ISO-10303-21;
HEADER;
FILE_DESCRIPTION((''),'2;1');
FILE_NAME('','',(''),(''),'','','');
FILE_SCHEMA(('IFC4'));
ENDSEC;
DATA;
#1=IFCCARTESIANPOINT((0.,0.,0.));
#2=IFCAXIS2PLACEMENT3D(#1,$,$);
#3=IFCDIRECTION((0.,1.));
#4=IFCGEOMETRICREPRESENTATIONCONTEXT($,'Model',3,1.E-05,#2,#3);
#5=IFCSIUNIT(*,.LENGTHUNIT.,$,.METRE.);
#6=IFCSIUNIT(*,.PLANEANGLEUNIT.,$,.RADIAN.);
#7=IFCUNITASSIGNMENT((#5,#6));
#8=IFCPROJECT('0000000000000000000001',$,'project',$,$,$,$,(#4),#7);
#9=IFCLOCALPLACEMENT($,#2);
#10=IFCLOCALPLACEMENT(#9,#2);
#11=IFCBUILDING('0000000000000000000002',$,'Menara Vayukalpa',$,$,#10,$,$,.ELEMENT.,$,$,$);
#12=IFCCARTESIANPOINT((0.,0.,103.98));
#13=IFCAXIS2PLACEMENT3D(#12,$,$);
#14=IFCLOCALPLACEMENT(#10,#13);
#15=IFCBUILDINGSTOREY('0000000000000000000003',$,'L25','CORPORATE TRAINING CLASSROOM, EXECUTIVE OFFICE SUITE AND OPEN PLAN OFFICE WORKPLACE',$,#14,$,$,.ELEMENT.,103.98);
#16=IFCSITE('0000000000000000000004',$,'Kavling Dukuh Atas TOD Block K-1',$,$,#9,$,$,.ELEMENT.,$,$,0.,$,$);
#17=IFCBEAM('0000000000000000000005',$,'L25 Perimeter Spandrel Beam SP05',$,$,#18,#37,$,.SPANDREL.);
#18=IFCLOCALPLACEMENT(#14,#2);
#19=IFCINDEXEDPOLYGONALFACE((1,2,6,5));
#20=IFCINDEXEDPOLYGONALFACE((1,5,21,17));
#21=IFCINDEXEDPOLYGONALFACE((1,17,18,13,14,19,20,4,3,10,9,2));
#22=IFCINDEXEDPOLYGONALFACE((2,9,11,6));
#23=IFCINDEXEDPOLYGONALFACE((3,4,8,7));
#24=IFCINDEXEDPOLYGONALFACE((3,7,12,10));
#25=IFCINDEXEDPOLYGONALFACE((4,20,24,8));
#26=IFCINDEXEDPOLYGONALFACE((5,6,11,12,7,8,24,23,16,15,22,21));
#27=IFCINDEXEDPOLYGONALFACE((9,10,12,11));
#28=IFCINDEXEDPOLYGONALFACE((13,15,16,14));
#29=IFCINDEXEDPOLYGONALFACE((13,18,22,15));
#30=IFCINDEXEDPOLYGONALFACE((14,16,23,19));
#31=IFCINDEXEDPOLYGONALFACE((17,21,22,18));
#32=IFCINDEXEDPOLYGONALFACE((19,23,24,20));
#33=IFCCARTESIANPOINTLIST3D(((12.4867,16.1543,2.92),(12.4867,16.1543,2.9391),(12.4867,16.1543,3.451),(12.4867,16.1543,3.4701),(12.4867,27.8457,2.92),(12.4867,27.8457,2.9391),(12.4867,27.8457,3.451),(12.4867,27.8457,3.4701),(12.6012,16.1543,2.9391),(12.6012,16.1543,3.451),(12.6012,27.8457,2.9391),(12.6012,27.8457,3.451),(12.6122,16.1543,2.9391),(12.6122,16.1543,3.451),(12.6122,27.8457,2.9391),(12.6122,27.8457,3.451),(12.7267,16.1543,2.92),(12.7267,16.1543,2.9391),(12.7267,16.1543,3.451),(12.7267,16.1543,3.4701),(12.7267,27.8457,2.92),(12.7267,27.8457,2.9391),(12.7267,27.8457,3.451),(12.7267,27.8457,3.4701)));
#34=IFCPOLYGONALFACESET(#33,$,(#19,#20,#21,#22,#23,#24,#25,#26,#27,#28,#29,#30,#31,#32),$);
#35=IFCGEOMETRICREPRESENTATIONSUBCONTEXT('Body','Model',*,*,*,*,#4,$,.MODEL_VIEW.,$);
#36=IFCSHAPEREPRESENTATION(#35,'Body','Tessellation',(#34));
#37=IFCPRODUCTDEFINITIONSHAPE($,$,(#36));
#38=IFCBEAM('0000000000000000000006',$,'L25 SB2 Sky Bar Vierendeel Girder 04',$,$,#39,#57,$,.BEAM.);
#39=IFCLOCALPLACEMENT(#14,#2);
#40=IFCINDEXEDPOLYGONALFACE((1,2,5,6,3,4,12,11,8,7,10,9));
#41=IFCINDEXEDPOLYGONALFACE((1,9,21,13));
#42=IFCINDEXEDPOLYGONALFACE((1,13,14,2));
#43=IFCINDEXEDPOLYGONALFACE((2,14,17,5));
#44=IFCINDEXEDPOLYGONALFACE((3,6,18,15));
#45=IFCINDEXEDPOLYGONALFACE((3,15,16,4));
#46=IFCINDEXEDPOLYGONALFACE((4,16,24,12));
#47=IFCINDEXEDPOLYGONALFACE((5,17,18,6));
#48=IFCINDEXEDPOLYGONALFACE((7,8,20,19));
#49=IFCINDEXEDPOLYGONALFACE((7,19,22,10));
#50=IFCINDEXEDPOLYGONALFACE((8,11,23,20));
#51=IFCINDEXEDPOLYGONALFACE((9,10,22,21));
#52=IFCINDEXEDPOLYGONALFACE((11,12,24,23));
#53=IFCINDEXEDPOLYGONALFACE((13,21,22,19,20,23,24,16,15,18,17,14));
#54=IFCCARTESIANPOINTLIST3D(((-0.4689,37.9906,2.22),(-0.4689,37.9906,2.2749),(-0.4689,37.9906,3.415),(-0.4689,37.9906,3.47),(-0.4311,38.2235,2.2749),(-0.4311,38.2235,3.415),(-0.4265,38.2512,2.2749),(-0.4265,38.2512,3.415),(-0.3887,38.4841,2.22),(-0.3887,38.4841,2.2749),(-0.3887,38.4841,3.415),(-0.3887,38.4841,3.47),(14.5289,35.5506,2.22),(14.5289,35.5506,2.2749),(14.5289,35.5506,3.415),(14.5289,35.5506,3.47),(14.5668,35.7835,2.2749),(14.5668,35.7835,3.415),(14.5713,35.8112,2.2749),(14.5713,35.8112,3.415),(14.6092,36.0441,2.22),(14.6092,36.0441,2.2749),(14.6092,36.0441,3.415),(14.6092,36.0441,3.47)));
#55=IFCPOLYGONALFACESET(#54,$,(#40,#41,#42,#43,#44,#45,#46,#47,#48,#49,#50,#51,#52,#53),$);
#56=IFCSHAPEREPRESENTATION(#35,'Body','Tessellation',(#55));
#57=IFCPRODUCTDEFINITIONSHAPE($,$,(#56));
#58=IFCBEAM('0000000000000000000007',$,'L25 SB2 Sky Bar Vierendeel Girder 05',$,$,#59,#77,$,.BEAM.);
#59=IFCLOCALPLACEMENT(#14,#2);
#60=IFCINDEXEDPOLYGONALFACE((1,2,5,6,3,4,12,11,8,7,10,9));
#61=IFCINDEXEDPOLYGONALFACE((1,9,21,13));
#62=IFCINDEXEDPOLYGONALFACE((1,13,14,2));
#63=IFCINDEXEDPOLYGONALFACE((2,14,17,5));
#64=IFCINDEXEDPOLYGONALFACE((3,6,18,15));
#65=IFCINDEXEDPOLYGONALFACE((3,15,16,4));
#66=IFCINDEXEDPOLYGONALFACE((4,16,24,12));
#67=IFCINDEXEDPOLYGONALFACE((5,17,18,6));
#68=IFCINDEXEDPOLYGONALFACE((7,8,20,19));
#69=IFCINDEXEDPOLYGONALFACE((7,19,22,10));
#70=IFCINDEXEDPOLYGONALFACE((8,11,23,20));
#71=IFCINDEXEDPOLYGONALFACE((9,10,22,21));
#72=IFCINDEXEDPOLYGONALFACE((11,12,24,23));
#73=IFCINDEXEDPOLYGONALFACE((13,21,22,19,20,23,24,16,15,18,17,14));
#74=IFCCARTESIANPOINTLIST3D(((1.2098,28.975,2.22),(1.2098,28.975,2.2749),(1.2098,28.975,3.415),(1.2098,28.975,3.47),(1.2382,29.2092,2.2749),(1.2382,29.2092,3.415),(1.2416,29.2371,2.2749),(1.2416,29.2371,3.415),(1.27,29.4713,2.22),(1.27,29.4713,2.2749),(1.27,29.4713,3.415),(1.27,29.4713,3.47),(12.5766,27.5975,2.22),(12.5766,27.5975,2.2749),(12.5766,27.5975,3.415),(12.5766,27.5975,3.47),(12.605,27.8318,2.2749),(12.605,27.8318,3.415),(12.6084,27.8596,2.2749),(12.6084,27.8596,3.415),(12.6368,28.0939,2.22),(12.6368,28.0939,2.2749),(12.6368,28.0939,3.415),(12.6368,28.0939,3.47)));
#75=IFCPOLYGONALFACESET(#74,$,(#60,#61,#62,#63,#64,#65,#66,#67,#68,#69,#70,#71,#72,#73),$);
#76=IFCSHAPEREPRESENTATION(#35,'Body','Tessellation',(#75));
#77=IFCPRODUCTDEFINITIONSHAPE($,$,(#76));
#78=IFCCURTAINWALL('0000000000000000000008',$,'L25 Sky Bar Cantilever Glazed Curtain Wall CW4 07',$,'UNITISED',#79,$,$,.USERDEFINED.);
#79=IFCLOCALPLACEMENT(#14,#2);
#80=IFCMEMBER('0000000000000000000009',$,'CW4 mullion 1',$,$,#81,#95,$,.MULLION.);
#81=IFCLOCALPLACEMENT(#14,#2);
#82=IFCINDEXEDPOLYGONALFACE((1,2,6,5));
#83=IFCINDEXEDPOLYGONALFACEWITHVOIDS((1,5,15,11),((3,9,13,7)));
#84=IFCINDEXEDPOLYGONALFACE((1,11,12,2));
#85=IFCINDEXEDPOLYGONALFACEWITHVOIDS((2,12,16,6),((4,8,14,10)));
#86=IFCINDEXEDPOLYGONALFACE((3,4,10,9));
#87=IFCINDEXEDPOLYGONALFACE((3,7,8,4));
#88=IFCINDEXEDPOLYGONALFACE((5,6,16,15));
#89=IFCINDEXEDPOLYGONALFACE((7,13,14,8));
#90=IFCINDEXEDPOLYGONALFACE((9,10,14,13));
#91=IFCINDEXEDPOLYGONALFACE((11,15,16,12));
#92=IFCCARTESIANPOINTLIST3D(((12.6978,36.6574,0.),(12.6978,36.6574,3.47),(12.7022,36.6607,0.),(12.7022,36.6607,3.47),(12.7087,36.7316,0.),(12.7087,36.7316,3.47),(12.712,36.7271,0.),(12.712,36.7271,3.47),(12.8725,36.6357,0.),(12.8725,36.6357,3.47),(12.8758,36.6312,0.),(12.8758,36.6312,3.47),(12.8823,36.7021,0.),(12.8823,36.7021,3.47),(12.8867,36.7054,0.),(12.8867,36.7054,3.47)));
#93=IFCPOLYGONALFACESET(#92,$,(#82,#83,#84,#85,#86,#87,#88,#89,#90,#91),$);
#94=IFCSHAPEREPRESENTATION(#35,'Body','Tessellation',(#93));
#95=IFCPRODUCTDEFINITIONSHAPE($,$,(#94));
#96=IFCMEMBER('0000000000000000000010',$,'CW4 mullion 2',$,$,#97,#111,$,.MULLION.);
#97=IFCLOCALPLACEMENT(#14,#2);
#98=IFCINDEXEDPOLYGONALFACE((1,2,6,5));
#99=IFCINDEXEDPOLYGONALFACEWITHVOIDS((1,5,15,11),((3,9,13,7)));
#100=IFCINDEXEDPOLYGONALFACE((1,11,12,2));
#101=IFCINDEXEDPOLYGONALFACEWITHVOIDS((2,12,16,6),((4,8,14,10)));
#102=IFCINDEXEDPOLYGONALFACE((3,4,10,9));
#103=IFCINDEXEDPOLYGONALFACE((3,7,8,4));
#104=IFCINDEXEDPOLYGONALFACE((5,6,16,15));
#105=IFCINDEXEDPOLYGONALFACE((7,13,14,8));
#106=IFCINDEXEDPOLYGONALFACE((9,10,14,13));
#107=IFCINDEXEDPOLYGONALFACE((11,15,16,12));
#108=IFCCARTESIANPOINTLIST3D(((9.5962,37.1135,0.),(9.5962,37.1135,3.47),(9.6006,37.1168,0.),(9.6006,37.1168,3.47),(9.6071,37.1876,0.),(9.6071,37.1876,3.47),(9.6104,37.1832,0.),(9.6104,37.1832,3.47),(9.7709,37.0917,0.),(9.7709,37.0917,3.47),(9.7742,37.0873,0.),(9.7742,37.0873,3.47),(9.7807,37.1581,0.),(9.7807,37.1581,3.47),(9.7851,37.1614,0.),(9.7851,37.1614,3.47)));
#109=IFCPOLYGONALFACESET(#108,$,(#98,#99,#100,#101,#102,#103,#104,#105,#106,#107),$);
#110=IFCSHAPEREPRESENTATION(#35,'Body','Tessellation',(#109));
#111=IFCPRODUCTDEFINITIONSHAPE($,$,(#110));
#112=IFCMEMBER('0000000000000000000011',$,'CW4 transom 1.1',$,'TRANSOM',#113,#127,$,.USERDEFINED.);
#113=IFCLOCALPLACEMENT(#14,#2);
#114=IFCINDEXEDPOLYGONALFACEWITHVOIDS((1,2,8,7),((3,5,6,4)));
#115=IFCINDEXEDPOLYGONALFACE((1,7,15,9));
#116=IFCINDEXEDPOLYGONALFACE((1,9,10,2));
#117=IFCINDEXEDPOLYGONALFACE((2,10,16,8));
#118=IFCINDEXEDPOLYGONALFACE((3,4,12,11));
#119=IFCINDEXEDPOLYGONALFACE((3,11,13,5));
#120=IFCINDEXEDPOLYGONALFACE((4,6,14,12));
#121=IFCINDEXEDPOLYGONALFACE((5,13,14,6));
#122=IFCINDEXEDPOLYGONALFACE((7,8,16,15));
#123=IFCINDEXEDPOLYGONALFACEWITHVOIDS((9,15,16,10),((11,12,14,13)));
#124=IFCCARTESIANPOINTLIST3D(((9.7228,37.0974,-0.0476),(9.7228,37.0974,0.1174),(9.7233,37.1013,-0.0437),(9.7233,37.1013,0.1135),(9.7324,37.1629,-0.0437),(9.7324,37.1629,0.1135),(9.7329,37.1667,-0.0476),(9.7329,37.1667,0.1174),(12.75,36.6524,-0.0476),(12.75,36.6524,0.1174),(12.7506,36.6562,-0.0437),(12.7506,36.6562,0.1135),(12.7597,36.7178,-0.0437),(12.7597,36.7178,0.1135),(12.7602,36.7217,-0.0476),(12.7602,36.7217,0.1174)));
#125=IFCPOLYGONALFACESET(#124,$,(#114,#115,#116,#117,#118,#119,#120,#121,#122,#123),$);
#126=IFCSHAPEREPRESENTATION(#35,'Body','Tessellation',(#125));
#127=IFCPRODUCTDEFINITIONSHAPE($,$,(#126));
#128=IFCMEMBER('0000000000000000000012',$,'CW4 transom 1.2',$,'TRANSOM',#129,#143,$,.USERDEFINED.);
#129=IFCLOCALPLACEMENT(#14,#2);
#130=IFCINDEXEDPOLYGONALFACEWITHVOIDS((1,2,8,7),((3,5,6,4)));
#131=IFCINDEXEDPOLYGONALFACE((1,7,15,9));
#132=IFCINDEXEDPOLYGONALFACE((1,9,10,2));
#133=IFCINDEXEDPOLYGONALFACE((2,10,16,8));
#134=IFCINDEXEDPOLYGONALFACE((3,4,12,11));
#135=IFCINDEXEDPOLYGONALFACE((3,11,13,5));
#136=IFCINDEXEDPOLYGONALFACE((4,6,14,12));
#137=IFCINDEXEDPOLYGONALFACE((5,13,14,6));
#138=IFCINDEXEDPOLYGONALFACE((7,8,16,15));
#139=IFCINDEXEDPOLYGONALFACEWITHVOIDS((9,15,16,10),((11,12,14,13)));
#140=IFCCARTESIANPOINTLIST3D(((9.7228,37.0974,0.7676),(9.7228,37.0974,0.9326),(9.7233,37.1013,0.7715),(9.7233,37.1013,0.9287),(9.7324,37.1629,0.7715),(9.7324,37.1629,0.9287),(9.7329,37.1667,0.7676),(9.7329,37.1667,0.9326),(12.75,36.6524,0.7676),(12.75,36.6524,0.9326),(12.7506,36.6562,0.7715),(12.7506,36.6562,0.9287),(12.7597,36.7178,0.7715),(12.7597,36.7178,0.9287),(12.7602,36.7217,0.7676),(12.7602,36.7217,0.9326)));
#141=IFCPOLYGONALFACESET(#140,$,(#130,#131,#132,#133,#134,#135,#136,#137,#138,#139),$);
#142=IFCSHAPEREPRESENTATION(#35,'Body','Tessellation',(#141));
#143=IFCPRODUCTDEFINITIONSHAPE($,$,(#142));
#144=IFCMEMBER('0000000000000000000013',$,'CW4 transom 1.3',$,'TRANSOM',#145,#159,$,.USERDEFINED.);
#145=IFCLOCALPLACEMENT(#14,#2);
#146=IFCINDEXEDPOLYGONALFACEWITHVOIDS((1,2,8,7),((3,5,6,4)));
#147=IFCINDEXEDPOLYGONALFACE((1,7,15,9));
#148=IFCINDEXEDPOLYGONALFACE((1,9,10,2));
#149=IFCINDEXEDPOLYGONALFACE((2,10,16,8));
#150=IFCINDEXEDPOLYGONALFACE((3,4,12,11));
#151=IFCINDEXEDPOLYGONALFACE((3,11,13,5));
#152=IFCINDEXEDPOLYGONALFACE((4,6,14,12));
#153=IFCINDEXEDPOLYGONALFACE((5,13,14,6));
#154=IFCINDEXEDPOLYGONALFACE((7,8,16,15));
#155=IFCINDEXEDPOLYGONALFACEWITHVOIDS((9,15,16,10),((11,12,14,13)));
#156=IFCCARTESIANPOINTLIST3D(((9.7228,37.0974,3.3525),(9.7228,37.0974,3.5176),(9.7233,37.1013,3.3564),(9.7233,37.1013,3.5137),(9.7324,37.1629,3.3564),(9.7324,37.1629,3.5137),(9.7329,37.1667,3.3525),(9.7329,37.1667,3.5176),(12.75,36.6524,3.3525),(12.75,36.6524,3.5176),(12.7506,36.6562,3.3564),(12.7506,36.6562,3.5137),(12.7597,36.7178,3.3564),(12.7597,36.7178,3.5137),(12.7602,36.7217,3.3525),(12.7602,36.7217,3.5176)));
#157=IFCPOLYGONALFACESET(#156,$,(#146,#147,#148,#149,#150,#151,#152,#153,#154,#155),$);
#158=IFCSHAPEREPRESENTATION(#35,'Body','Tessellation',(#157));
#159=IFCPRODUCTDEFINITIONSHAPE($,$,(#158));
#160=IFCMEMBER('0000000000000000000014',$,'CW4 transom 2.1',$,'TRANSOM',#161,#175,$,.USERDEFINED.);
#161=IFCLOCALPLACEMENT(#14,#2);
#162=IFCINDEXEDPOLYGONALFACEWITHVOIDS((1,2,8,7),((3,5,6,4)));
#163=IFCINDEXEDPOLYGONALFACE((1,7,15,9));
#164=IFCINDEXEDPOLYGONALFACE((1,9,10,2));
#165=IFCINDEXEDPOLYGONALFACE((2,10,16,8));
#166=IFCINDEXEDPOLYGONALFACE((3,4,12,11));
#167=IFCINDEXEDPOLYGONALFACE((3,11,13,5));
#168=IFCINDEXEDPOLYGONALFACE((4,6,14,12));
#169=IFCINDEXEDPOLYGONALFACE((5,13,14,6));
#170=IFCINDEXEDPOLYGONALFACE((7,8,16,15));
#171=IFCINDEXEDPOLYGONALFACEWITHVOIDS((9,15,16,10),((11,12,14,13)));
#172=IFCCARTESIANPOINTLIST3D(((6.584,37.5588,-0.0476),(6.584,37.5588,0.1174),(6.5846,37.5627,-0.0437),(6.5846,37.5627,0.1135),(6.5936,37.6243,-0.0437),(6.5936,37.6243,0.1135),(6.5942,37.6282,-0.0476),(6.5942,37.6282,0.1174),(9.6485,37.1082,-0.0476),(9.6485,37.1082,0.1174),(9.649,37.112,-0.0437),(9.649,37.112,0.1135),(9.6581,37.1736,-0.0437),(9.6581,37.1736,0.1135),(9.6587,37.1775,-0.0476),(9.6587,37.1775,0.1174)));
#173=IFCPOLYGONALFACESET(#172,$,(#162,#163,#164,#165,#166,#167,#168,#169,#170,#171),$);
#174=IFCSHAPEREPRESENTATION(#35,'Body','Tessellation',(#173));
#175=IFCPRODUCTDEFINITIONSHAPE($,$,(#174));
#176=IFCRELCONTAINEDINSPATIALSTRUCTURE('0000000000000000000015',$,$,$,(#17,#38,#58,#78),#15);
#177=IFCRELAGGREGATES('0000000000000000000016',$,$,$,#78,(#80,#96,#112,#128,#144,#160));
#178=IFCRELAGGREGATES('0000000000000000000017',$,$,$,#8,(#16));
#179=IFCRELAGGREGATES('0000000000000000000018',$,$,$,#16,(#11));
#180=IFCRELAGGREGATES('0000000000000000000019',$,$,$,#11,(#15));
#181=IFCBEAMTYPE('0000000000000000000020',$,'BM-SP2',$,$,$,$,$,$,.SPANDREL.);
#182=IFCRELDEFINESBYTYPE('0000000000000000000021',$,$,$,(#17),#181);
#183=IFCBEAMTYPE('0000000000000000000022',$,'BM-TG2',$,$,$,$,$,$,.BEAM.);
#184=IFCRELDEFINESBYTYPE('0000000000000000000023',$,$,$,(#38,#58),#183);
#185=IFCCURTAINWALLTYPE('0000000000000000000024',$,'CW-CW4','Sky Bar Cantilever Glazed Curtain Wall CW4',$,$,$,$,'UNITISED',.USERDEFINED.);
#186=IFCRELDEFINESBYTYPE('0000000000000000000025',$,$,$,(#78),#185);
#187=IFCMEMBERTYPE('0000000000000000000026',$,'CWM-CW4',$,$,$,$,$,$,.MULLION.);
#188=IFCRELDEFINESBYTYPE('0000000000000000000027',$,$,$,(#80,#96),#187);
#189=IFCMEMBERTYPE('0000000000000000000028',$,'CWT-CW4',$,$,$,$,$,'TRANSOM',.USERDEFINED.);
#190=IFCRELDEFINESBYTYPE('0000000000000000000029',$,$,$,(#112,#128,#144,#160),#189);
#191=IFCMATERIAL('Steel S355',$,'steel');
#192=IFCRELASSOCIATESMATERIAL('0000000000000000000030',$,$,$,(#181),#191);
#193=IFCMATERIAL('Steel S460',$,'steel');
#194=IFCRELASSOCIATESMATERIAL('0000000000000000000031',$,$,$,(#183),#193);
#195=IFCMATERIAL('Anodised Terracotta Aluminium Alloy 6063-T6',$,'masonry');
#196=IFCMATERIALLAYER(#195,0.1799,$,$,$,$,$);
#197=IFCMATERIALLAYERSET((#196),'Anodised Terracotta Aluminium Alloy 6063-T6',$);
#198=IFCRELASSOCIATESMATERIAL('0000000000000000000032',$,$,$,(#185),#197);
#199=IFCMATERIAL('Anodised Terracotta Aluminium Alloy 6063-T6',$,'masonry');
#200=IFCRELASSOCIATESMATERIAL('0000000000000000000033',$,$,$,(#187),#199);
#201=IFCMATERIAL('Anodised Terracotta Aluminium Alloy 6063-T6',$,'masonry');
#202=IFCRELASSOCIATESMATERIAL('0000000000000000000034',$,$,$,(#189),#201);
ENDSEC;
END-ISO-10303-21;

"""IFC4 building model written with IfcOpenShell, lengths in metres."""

from ifc_helpers import new_model, si_unit, direction, frame, origin, origin_2d, place, context, subcontext, project, spatial, hollow_rectangle, i_section, extrude, material, layer, layer_set, material_profile, profile_set, type_object, element, aggregate, save


model = new_model("IFC4")

# Units and contexts
model_context = context("Model", 3, precision=1e-05, world=origin(), true_north=direction((0.0, 1.0)))
body_context = subcontext(model_context, "Body", "Model", "MODEL_VIEW")
ifc_project = project(units=[si_unit("LENGTHUNIT", "METRE"), si_unit("PLANEANGLEUNIT", "RADIAN")], contexts=[model_context])

# Site, building, storey
site_placement = place(None, origin())
site = spatial("IfcSite", under=ifc_project, at=site_placement, Name="Kavling Dukuh Atas TOD Block K-1", CompositionType="ELEMENT", RefElevation=0.0)
building_placement = place(site_placement, origin())
building = spatial("IfcBuilding", under=site, at=building_placement, Name="Menara Vayukalpa", CompositionType="ELEMENT")
storey_placement = place(building_placement, frame((0.0, 0.0, 103.98)))
storey = spatial("IfcBuildingStorey", under=building, at=storey_placement, Name="L25", Description="CORPORATE TRAINING CLASSROOM, EXECUTIVE OFFICE SUITE AND OPEN PLAN OFFICE WORKPLACE", CompositionType="ELEMENT", Elevation=103.98)

# Beams
ifc_material_1 = material(Name="Steel S355", Category="steel")
ifc_material_profile_1 = material_profile(ifc_material_1, i_section(OverallWidth=0.24, OverallDepth=0.55, WebThickness=0.011, FlangeThickness=0.019, at=origin_2d()), Name="WF 550x240x11x19")
ifc_profile_set_1 = profile_set([ifc_material_profile_1], Name="Steel S355")
beam_type_1 = type_object("IfcBeamType", Name="BM-SP2", PredefinedType="SPANDREL", material=ifc_profile_set_1)
beam_1_placement = place(storey_placement, frame((12.6067, 27.8457, 3.1951), z_axis=(0.0, -1.0, 0.0), x_axis=(1.0, 0.0, 0.0)))
element("IfcBeam", 1, at=beam_1_placement, inside=storey, type_object=beam_type_1, Name="L25 Perimeter Spandrel Beam SP05", PredefinedType="SPANDREL", context=body_context, shape_type="SweptSolid", body=[
    extrude(i_section(OverallWidth=0.24, OverallDepth=0.55, WebThickness=0.011, FlangeThickness=0.019, at=origin_2d()), origin(), (0.0, 0.0, 1.0), 11.6914),
])
ifc_material_2 = material(Name="Steel S460", Category="steel")
ifc_material_profile_2 = material_profile(ifc_material_2, i_section(OverallWidth=0.5, OverallDepth=1.25, WebThickness=0.0281, FlangeThickness=0.0549, at=origin_2d()), Name="WG 1250x500x28x55")
ifc_profile_set_2 = profile_set([ifc_material_profile_2], Name="Steel S460")
beam_type_2 = type_object("IfcBeamType", Name="BM-TG2", PredefinedType="BEAM", material=ifc_profile_set_2)
beam_2_placement = place(storey_placement, frame((14.5691, 35.7974, 2.845), z_axis=(-0.987024, 0.160575, 0.0), x_axis=(-0.160575, -0.987024, 0.0)))
element("IfcBeam", 2, at=beam_2_placement, inside=storey, type_object=beam_type_2, Name="L25 SB2 Sky Bar Vierendeel Girder 04", PredefinedType="BEAM", context=body_context, shape_type="SweptSolid", body=[
    extrude(i_section(OverallWidth=0.5, OverallDepth=1.25, WebThickness=0.0281, FlangeThickness=0.0549, at=origin_2d()), origin(), (0.0, 0.0, 1.0), 15.1951),
])
beam_3_placement = place(storey_placement, frame((12.6067, 27.8457, 2.845), z_axis=(-0.992737, 0.120302, 0.0), x_axis=(-0.120302, -0.992737, 0.0)))
element("IfcBeam", 3, at=beam_3_placement, inside=storey, type_object=beam_type_2, Name="L25 SB2 Sky Bar Vierendeel Girder 05", PredefinedType="BEAM", context=body_context, shape_type="SweptSolid", body=[
    extrude(i_section(OverallWidth=0.5, OverallDepth=1.25, WebThickness=0.0281, FlangeThickness=0.0549, at=origin_2d()), origin(), (0.0, 0.0, 1.0), 11.45),
])

# Curtain wall, members
ifc_material_3 = material(Name="Anodised Terracotta Aluminium Alloy 6063-T6", Category="masonry")
ifc_layer_1 = layer(ifc_material_3, 0.1799)
ifc_layer_set_1 = layer_set([ifc_layer_1], Name="Anodised Terracotta Aluminium Alloy 6063-T6")
curtain_wall_type = type_object("IfcCurtainWallType", Name="CW-CW4", Description="Sky Bar Cantilever Glazed Curtain Wall CW4", ElementType="UNITISED", PredefinedType="USERDEFINED", material=ifc_layer_set_1)
curtain_wall_placement = place(storey_placement, origin())
curtain_wall = element("IfcCurtainWall", 4, at=curtain_wall_placement, inside=storey, type_object=curtain_wall_type, Name="L25 Sky Bar Cantilever Glazed Curtain Wall CW4 07", ObjectType="UNITISED", PredefinedType="USERDEFINED")
ifc_material_4 = material(Name="Anodised Terracotta Aluminium Alloy 6063-T6", Category="masonry")
ifc_material_profile_3 = material_profile(ifc_material_4, hollow_rectangle(XDim=0.075, YDim=0.1799, WallThickness=0.0039, at=origin_2d()), Name="ALU 75x180x4")
ifc_profile_set_3 = profile_set([ifc_material_profile_3], Name="Anodised Terracotta Aluminium Alloy 6063-T6")
member_type_1 = type_object("IfcMemberType", Name="CWM-CW4", PredefinedType="MULLION", material=ifc_profile_set_3)
member_1_placement = place(storey_placement, frame((12.7922, 36.6814, 0.0), z_axis=(0.0, 0.0, 1.0), x_axis=(-0.145451, -0.989365, 0.0)))
member_1 = element("IfcMember", 5, at=member_1_placement, type_object=member_type_1, Name="CW4 mullion 1", PredefinedType="MULLION", context=body_context, shape_type="SweptSolid", body=[
    extrude(hollow_rectangle(XDim=0.075, YDim=0.1799, WallThickness=0.0039, at=origin_2d()), origin(), (0.0, 0.0, 1.0), 3.47),
])
member_2_placement = place(storey_placement, frame((9.6907, 37.1375, 0.0), z_axis=(0.0, 0.0, 1.0), x_axis=(-0.145451, -0.989365, 0.0)))
member_2 = element("IfcMember", 6, at=member_2_placement, type_object=member_type_1, Name="CW4 mullion 2", PredefinedType="MULLION", context=body_context, shape_type="SweptSolid", body=[
    extrude(hollow_rectangle(XDim=0.075, YDim=0.1799, WallThickness=0.0039, at=origin_2d()), origin(), (0.0, 0.0, 1.0), 3.47),
])
ifc_material_5 = material(Name="Anodised Terracotta Aluminium Alloy 6063-T6", Category="masonry")
ifc_material_profile_4 = material_profile(ifc_material_5, hollow_rectangle(XDim=0.0701, YDim=0.165, WallThickness=0.0039, at=origin_2d()), Name="ALU 70x165x4")
ifc_profile_set_4 = profile_set([ifc_material_profile_4], Name="Anodised Terracotta Aluminium Alloy 6063-T6")
member_type_2 = type_object("IfcMemberType", Name="CWT-CW4", ElementType="TRANSOM", PredefinedType="USERDEFINED", material=ifc_profile_set_4)
member_3_placement = place(storey_placement, frame((12.7551, 36.687, 0.0349), z_axis=(-0.989365, 0.145453, 0.0), x_axis=(-0.145453, -0.989365, 0.0)))
member_3 = element("IfcMember", 7, at=member_3_placement, type_object=member_type_2, Name="CW4 transom 1.1", ObjectType="TRANSOM", PredefinedType="USERDEFINED", context=body_context, shape_type="SweptSolid", body=[
    extrude(hollow_rectangle(XDim=0.0701, YDim=0.165, WallThickness=0.0039, at=origin_2d()), origin(), (0.0, 0.0, 1.0), 3.0598),
])
member_4_placement = place(storey_placement, frame((12.7551, 36.687, 0.8501), z_axis=(-0.989365, 0.145453, 0.0), x_axis=(-0.145453, -0.989365, 0.0)))
member_4 = element("IfcMember", 8, at=member_4_placement, type_object=member_type_2, Name="CW4 transom 1.2", ObjectType="TRANSOM", PredefinedType="USERDEFINED", context=body_context, shape_type="SweptSolid", body=[
    extrude(hollow_rectangle(XDim=0.0701, YDim=0.165, WallThickness=0.0039, at=origin_2d()), origin(), (0.0, 0.0, 1.0), 3.0598),
])
member_5_placement = place(storey_placement, frame((12.7551, 36.687, 3.4351), z_axis=(-0.989365, 0.145453, 0.0), x_axis=(-0.145453, -0.989365, 0.0)))
member_5 = element("IfcMember", 9, at=member_5_placement, type_object=member_type_2, Name="CW4 transom 1.3", ObjectType="TRANSOM", PredefinedType="USERDEFINED", context=body_context, shape_type="SweptSolid", body=[
    extrude(hollow_rectangle(XDim=0.0701, YDim=0.165, WallThickness=0.0039, at=origin_2d()), origin(), (0.0, 0.0, 1.0), 3.0598),
])
member_6_placement = place(storey_placement, frame((9.6536, 37.1428, 0.0349), z_axis=(-0.989358, 0.145503, 0.0), x_axis=(-0.145503, -0.989358, 0.0)))
member_6 = element("IfcMember", 10, at=member_6_placement, type_object=member_type_2, Name="CW4 transom 2.1", ObjectType="TRANSOM", PredefinedType="USERDEFINED", context=body_context, shape_type="SweptSolid", body=[
    extrude(hollow_rectangle(XDim=0.0701, YDim=0.165, WallThickness=0.0039, at=origin_2d()), origin(), (0.0, 0.0, 1.0), 3.0974),
])

aggregate(curtain_wall, [member_1, member_2, member_3, member_4, member_5, member_6])

save(model, "model.ifc")
